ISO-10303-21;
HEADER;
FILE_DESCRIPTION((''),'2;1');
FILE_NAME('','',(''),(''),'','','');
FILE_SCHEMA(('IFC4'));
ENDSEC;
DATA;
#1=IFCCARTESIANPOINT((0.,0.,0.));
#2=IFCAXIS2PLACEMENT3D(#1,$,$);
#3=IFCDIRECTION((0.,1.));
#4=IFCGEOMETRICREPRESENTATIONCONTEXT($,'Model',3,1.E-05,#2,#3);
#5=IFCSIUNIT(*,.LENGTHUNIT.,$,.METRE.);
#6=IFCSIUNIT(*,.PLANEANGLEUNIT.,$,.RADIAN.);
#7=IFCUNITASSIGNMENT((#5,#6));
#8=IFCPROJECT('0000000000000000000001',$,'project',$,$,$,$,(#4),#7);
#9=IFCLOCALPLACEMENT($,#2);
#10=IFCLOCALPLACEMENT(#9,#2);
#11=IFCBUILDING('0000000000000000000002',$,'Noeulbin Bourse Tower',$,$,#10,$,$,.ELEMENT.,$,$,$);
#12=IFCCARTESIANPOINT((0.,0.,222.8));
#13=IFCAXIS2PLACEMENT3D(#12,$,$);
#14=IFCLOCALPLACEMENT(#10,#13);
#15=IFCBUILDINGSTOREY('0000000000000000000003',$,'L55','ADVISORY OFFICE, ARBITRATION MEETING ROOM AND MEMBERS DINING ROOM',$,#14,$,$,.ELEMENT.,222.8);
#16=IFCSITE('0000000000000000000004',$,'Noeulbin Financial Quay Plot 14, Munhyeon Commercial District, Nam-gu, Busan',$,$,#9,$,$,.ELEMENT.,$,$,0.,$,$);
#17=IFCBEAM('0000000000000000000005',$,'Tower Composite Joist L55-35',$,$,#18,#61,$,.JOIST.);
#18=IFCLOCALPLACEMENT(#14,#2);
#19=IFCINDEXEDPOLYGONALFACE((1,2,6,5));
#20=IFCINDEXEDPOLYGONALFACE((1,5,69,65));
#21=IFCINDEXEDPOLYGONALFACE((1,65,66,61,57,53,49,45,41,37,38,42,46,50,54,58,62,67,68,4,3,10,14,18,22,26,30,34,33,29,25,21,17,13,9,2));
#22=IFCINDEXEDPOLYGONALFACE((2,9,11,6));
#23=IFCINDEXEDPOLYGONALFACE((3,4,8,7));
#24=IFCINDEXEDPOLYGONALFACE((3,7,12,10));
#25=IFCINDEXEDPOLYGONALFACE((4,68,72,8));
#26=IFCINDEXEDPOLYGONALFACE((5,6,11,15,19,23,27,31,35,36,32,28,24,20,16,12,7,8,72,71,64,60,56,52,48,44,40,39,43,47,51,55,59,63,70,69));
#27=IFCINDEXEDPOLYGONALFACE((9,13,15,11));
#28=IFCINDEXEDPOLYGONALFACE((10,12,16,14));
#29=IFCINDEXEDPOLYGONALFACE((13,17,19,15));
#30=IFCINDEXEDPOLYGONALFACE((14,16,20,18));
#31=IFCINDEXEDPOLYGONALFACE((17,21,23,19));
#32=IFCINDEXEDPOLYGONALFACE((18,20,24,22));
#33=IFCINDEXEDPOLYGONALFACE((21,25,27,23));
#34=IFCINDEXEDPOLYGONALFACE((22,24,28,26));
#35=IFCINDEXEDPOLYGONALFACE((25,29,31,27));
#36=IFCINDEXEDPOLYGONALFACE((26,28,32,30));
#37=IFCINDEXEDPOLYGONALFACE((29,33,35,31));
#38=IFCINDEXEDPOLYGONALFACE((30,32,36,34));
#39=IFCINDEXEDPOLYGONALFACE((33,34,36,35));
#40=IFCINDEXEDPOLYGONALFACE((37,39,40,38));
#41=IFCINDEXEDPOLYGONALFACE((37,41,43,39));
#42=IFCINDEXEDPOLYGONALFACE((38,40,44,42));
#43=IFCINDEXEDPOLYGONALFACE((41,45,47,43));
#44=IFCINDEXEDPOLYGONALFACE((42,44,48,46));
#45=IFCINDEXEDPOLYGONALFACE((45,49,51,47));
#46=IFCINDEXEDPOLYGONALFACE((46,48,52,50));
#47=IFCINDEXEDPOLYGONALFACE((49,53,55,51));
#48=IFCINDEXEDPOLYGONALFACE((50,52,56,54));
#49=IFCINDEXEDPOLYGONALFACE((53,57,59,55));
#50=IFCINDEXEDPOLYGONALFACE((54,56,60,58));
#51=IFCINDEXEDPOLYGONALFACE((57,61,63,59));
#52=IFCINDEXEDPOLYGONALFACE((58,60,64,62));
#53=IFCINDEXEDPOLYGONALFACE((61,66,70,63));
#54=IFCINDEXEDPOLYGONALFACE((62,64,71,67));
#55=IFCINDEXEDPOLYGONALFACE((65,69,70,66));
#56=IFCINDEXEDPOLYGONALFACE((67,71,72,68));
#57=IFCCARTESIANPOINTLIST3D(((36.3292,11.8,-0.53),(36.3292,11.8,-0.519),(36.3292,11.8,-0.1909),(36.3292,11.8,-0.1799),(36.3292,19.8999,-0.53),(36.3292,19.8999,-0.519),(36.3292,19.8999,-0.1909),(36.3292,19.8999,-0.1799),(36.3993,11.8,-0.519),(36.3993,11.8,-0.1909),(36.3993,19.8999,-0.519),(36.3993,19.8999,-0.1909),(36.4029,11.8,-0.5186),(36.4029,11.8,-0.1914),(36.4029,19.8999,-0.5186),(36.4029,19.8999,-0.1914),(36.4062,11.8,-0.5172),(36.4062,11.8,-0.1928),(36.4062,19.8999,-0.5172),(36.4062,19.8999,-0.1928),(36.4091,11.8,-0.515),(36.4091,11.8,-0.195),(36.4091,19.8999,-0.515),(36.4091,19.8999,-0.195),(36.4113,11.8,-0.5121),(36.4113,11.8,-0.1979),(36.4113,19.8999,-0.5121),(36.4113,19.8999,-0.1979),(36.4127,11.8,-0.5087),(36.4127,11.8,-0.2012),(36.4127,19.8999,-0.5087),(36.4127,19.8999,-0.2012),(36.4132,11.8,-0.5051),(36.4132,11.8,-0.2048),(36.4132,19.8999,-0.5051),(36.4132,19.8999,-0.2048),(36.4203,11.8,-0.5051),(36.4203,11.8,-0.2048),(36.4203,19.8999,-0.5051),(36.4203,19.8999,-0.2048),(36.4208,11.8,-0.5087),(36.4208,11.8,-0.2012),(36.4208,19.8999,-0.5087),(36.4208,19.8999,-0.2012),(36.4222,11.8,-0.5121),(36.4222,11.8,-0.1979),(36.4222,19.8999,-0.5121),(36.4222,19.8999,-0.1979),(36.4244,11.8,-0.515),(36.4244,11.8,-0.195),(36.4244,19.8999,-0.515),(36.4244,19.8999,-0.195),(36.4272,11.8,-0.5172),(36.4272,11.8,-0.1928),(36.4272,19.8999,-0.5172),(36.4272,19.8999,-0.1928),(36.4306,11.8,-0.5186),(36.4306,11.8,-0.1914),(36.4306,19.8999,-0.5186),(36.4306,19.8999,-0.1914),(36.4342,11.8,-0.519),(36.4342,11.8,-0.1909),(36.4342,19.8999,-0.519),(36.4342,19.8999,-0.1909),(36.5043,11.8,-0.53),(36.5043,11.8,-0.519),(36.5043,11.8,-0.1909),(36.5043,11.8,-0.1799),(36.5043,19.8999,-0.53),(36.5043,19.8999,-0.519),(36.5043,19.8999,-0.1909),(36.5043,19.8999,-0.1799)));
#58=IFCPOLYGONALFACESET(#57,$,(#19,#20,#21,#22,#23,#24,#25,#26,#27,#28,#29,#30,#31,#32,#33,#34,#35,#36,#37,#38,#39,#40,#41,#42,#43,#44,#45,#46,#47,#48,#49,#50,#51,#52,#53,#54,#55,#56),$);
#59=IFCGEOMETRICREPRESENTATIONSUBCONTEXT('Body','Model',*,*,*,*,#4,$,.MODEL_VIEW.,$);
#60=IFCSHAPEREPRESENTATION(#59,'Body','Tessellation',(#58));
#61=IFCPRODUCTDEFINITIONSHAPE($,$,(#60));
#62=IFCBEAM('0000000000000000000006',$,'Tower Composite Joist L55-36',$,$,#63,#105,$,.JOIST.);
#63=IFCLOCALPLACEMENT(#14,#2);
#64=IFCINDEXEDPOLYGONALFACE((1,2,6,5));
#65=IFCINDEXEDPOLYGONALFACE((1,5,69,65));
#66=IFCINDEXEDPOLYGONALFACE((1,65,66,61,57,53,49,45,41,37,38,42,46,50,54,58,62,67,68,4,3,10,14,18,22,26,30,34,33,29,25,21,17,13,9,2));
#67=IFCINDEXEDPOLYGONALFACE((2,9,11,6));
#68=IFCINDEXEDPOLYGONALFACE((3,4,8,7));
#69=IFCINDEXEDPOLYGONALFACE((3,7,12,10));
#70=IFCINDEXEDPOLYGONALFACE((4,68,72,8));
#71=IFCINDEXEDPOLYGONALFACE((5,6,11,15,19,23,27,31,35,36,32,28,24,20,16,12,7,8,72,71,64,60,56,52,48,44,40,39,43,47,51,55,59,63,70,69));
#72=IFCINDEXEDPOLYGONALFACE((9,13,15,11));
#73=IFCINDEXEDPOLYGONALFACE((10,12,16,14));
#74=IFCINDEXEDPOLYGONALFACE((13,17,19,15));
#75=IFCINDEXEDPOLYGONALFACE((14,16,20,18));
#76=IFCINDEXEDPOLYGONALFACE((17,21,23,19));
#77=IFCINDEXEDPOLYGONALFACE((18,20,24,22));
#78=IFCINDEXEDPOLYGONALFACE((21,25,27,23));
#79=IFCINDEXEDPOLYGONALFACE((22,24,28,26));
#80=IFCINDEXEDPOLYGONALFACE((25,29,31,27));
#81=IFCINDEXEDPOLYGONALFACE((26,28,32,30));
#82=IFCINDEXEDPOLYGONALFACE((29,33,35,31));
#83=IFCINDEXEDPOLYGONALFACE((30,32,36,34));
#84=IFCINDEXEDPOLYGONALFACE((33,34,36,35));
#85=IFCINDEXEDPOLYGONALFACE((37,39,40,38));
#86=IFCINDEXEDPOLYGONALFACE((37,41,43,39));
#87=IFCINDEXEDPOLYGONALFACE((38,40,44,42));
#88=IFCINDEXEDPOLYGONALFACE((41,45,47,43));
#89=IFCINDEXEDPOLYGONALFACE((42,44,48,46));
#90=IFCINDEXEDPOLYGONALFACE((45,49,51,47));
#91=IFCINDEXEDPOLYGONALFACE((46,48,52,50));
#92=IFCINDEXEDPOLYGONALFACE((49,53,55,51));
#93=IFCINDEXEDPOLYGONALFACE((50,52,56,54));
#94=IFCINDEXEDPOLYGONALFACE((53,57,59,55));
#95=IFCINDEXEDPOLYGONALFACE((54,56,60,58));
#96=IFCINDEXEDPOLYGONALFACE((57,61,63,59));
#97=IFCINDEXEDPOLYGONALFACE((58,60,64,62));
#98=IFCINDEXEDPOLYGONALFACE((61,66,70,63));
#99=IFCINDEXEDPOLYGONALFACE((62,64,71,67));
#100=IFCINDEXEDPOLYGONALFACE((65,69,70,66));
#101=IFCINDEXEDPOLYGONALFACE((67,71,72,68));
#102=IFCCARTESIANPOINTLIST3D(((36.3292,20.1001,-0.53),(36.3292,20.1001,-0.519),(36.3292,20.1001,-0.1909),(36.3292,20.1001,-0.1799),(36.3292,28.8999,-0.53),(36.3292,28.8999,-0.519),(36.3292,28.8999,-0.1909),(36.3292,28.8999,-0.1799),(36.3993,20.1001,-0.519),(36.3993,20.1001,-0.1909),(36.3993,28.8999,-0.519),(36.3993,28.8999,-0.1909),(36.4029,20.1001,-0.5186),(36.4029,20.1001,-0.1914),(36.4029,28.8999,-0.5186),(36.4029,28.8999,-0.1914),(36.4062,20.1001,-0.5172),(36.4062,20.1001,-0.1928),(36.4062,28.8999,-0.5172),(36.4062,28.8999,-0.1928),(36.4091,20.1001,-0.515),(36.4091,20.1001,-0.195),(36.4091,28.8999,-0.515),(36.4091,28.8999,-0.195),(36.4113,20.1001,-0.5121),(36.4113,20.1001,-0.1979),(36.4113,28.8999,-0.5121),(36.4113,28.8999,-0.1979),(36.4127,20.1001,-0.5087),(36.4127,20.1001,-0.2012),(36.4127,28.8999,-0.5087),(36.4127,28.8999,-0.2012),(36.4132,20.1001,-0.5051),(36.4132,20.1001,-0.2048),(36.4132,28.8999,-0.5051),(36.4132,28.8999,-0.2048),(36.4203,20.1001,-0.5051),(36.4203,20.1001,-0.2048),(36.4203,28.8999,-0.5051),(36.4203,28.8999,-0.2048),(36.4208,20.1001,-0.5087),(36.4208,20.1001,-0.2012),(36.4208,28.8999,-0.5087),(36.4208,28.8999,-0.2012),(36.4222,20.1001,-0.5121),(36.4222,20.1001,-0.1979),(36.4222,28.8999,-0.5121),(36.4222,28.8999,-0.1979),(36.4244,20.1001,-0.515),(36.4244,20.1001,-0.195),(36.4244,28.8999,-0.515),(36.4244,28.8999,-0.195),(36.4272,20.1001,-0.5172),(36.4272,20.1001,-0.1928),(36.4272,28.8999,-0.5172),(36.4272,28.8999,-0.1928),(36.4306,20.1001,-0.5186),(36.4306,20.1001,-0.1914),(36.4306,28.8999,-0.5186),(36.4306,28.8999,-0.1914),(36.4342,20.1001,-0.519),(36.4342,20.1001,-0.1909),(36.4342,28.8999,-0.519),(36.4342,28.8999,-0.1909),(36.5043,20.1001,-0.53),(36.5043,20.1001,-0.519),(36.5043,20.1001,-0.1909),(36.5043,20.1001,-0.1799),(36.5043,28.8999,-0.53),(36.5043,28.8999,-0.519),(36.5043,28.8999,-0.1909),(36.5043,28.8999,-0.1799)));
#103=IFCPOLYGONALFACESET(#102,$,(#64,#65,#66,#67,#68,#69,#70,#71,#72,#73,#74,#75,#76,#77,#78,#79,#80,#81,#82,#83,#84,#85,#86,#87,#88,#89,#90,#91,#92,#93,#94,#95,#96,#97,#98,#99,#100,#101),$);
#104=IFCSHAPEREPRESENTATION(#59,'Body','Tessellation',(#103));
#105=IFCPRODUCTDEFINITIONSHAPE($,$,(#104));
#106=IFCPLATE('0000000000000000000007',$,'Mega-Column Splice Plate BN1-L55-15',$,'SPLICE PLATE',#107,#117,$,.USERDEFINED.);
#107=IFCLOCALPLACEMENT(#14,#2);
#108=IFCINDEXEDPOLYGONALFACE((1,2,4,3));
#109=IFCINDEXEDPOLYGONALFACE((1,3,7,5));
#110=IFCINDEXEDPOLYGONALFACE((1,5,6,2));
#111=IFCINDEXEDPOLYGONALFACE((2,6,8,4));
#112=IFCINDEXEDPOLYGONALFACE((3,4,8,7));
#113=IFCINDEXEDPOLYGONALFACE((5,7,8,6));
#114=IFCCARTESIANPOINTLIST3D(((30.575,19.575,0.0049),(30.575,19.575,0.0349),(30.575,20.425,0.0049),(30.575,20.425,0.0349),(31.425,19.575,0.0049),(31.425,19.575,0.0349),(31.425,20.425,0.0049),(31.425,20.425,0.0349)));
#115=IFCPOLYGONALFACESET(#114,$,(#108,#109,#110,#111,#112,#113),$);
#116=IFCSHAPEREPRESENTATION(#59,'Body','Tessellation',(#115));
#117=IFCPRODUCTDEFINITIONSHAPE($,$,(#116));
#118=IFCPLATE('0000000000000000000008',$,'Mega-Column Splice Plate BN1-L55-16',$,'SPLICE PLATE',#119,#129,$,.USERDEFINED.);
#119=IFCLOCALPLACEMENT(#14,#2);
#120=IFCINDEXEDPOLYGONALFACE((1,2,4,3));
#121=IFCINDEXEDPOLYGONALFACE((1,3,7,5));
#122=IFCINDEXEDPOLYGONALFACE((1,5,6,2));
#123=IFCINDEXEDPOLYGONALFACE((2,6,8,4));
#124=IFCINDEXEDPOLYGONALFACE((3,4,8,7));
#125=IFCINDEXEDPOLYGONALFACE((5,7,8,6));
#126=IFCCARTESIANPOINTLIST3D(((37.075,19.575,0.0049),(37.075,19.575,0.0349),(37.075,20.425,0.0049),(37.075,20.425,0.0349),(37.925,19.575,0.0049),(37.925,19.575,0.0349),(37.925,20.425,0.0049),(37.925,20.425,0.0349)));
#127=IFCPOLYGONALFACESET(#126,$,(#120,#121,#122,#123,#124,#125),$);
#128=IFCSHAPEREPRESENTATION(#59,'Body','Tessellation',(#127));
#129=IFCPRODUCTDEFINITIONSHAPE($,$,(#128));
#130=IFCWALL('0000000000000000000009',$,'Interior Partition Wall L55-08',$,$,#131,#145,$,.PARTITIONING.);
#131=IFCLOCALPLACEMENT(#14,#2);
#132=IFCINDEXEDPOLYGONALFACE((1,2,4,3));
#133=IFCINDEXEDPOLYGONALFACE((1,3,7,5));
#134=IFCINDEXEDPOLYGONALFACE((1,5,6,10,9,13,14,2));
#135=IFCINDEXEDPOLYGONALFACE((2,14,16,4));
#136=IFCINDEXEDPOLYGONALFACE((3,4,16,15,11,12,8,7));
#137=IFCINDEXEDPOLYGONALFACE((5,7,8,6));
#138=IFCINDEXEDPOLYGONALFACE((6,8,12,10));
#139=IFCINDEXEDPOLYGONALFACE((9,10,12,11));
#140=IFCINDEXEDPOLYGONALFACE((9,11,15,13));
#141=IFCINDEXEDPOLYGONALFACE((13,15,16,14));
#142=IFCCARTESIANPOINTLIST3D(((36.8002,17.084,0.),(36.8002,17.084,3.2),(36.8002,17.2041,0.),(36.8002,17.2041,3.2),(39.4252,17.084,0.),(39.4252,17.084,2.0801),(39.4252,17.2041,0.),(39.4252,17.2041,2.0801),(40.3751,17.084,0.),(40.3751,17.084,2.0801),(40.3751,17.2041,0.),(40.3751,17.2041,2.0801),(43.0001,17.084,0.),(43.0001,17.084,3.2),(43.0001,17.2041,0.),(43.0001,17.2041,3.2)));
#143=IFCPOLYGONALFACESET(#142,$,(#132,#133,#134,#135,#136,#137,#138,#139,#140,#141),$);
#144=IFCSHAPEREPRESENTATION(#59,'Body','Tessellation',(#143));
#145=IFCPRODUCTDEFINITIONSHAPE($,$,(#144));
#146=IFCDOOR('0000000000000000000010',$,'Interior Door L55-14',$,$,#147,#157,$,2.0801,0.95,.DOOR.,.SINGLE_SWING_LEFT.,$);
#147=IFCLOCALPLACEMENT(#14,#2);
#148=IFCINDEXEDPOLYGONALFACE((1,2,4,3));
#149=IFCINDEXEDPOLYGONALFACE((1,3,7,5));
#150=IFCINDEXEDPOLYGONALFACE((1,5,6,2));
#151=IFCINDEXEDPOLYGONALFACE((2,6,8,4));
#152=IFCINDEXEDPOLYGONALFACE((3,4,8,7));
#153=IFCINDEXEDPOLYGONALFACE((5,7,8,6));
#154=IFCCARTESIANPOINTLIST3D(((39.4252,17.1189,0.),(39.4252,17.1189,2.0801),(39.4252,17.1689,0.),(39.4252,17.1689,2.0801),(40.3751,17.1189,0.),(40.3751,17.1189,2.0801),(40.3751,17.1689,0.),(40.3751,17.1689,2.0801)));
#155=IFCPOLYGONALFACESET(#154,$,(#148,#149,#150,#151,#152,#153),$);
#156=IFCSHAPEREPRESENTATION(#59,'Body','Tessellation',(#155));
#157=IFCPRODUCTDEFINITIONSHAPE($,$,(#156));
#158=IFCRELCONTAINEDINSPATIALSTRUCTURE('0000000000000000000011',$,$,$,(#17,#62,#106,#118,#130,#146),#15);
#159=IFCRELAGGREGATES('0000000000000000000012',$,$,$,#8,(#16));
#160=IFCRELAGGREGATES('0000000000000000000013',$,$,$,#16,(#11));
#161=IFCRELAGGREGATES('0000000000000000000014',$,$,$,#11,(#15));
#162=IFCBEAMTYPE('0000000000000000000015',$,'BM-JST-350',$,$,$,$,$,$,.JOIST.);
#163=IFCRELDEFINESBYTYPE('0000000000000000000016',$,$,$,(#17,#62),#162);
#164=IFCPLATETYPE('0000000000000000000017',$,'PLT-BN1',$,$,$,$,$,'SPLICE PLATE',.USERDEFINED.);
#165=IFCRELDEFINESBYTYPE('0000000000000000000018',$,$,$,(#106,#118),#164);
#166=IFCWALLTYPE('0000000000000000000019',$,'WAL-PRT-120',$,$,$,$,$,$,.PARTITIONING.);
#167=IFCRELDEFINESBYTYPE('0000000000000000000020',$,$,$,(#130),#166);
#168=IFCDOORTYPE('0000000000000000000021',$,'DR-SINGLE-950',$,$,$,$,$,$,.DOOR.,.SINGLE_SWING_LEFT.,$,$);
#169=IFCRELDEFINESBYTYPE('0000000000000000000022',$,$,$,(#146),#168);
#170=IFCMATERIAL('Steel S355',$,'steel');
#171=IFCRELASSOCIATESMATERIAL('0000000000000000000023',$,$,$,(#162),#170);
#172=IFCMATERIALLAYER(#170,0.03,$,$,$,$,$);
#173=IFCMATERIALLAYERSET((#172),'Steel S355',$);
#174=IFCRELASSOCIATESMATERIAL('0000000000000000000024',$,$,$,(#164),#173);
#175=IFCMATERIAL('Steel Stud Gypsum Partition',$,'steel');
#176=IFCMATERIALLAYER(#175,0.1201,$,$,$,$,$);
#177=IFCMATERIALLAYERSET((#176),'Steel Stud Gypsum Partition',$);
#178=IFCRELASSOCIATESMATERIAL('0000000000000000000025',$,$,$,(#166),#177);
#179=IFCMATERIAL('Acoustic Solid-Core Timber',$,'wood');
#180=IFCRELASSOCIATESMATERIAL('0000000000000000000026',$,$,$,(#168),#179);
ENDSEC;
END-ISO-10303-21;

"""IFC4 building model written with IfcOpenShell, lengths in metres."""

from ifc_helpers import new_model, si_unit, direction, frame, frame_2d, origin, origin_2d, place, context, subcontext, project, spatial, rectangle, i_section, extrude, material, layer, layer_set, material_profile, profile_set, type_object, element, fill, save


model = new_model("IFC4")

# Units and contexts
model_context = context("Model", 3, precision=1e-05, world=origin(), true_north=direction((0.0, 1.0)))
body_context = subcontext(model_context, "Body", "Model", "MODEL_VIEW")
ifc_project = project(units=[si_unit("LENGTHUNIT", "METRE"), si_unit("PLANEANGLEUNIT", "RADIAN")], contexts=[model_context])

# Site, building, storey
site_placement = place(None, origin())
site = spatial("IfcSite", under=ifc_project, at=site_placement, Name="Noeulbin Financial Quay Plot 14, Munhyeon Commercial District, Nam-gu, Busan", CompositionType="ELEMENT", RefElevation=0.0)
building_placement = place(site_placement, origin())
building = spatial("IfcBuilding", under=site, at=building_placement, Name="Noeulbin Bourse Tower", CompositionType="ELEMENT")
storey_placement = place(building_placement, frame((0.0, 0.0, 222.8)))
storey = spatial("IfcBuildingStorey", under=building, at=storey_placement, Name="L55", Description="ADVISORY OFFICE, ARBITRATION MEETING ROOM AND MEMBERS DINING ROOM", CompositionType="ELEMENT", Elevation=222.8)

# Shared definitions
ifc_material_1 = material(Name="Steel S355", Category="steel")

# Beams
ifc_material_profile_1 = material_profile(ifc_material_1, i_section(OverallWidth=0.175, OverallDepth=0.3501, WebThickness=0.0071, FlangeThickness=0.011, FilletRadius=0.0139, at=origin_2d()), Name="H-350x175x7x11", Category="LoadBearing")
ifc_profile_set_1 = profile_set([ifc_material_profile_1], Name="Steel S355")
beam_type_1 = type_object("IfcBeamType", Name="BM-JST-350", PredefinedType="JOIST", material=ifc_profile_set_1)
beam_1_placement = place(storey_placement, frame((36.4167, 11.8, -0.355), z_axis=(0.0, 1.0, 0.0), x_axis=(-1.0, 0.0, 0.0)))
element("IfcBeam", 1, at=beam_1_placement, inside=storey, type_object=beam_type_1, Name="Tower Composite Joist L55-35", PredefinedType="JOIST", context=body_context, shape_type="SweptSolid", body=[
    extrude(i_section(OverallWidth=0.175, OverallDepth=0.3501, WebThickness=0.0071, FlangeThickness=0.011, FilletRadius=0.0139, at=origin_2d()), origin(), (0.0, 0.0, 1.0), 8.0999),
])
beam_2_placement = place(storey_placement, frame((36.4167, 20.1001, -0.355), z_axis=(0.0, 1.0, 0.0), x_axis=(-1.0, 0.0, 0.0)))
element("IfcBeam", 2, at=beam_2_placement, inside=storey, type_object=beam_type_1, Name="Tower Composite Joist L55-36", PredefinedType="JOIST", context=body_context, shape_type="SweptSolid", body=[
    extrude(i_section(OverallWidth=0.175, OverallDepth=0.3501, WebThickness=0.0071, FlangeThickness=0.011, FilletRadius=0.0139, at=origin_2d()), origin(), (0.0, 0.0, 1.0), 8.7998),
])

# Plates
ifc_layer_1 = layer(ifc_material_1, 0.03)
ifc_layer_set_1 = layer_set([ifc_layer_1], Name="Steel S355")
plate_type = type_object("IfcPlateType", Name="PLT-BN1", ElementType="SPLICE PLATE", PredefinedType="USERDEFINED", material=ifc_layer_set_1)
for number, where, z_axis, x_axis, name in (
    (3, (31.0, 20.0, 0.0049), (0.0, 0.0, 1.0), (1.0, 0.0, 0.0), "Mega-Column Splice Plate BN1-L55-15"),
    (4, (37.5, 20.0, 0.0049), (0.0, 0.0, 1.0), (1.0, 0.0, 0.0), "Mega-Column Splice Plate BN1-L55-16"),
):
    element("IfcPlate", number, at=place(storey_placement, frame(where, z_axis=z_axis, x_axis=x_axis)), inside=storey, type_object=plate_type, Name=name, ObjectType="SPLICE PLATE", PredefinedType="USERDEFINED", context=body_context, shape_type="SweptSolid", body=[
        extrude(rectangle(XDim=0.8501, YDim=0.8501, at=origin_2d()), origin(), (0.0, 0.0, 1.0), 0.03),
    ])

# Wall, opening, door
ifc_material_2 = material(Name="Steel Stud Gypsum Partition", Category="steel")
ifc_layer_2 = layer(ifc_material_2, 0.1201)
ifc_layer_set_2 = layer_set([ifc_layer_2], Name="Steel Stud Gypsum Partition")
wall_type = type_object("IfcWallType", Name="WAL-PRT-120", PredefinedType="PARTITIONING", material=ifc_layer_set_2)
wall_placement = place(storey_placement, frame((36.8, 17.144, 0.0), z_axis=(0.0, 0.0, 1.0), x_axis=(1.0, 0.0, 0.0)))
wall = element("IfcWall", 5, at=wall_placement, inside=storey, type_object=wall_type, Name="Interior Partition Wall L55-08", PredefinedType="PARTITIONING", context=body_context, shape_type="SweptSolid", body=[
    extrude(rectangle(XDim=6.2, YDim=0.1201, at=frame_2d((3.1001, 0.0))), origin(), (0.0, 0.0, 1.0), 3.2),
])
opening_placement = place(wall_placement, frame((2.625, 0.0, 0.0)))
opening = element("IfcOpeningElement", 6, at=opening_placement, cuts=wall, PredefinedType="OPENING", context=body_context, shape_type="SweptSolid", body=[
    extrude(rectangle(XDim=0.95, YDim=2.0801, at=frame_2d((0.4751, 1.04))), frame((0.0, 0.0701, 0.0), z_axis=(0.0, -1.0, 0.0), x_axis=(1.0, 0.0, 0.0)), (0.0, 0.0, 1.0), 0.1401),
])
ifc_material_3 = material(Name="Acoustic Solid-Core Timber", Category="wood")
door_type = type_object("IfcDoorType", Name="DR-SINGLE-950", OperationType="SINGLE_SWING_LEFT", PredefinedType="DOOR", material=ifc_material_3)
door_placement = place(opening_placement, origin())
door = element("IfcDoor", 7, at=door_placement, inside=storey, type_object=door_type, Name="Interior Door L55-14", OperationType="SINGLE_SWING_LEFT", OverallHeight=2.0801, OverallWidth=0.95, PredefinedType="DOOR", context=body_context, shape_type="SweptSolid", body=[
    extrude(rectangle(XDim=0.95, YDim=2.0801, at=frame_2d((0.4751, 1.04))), frame((0.0, 0.0249, 0.0), z_axis=(0.0, -1.0, 0.0), x_axis=(1.0, 0.0, 0.0)), (0.0, 0.0, 1.0), 0.05),
])
fill(opening, door)

save(model, "model.ifc")
